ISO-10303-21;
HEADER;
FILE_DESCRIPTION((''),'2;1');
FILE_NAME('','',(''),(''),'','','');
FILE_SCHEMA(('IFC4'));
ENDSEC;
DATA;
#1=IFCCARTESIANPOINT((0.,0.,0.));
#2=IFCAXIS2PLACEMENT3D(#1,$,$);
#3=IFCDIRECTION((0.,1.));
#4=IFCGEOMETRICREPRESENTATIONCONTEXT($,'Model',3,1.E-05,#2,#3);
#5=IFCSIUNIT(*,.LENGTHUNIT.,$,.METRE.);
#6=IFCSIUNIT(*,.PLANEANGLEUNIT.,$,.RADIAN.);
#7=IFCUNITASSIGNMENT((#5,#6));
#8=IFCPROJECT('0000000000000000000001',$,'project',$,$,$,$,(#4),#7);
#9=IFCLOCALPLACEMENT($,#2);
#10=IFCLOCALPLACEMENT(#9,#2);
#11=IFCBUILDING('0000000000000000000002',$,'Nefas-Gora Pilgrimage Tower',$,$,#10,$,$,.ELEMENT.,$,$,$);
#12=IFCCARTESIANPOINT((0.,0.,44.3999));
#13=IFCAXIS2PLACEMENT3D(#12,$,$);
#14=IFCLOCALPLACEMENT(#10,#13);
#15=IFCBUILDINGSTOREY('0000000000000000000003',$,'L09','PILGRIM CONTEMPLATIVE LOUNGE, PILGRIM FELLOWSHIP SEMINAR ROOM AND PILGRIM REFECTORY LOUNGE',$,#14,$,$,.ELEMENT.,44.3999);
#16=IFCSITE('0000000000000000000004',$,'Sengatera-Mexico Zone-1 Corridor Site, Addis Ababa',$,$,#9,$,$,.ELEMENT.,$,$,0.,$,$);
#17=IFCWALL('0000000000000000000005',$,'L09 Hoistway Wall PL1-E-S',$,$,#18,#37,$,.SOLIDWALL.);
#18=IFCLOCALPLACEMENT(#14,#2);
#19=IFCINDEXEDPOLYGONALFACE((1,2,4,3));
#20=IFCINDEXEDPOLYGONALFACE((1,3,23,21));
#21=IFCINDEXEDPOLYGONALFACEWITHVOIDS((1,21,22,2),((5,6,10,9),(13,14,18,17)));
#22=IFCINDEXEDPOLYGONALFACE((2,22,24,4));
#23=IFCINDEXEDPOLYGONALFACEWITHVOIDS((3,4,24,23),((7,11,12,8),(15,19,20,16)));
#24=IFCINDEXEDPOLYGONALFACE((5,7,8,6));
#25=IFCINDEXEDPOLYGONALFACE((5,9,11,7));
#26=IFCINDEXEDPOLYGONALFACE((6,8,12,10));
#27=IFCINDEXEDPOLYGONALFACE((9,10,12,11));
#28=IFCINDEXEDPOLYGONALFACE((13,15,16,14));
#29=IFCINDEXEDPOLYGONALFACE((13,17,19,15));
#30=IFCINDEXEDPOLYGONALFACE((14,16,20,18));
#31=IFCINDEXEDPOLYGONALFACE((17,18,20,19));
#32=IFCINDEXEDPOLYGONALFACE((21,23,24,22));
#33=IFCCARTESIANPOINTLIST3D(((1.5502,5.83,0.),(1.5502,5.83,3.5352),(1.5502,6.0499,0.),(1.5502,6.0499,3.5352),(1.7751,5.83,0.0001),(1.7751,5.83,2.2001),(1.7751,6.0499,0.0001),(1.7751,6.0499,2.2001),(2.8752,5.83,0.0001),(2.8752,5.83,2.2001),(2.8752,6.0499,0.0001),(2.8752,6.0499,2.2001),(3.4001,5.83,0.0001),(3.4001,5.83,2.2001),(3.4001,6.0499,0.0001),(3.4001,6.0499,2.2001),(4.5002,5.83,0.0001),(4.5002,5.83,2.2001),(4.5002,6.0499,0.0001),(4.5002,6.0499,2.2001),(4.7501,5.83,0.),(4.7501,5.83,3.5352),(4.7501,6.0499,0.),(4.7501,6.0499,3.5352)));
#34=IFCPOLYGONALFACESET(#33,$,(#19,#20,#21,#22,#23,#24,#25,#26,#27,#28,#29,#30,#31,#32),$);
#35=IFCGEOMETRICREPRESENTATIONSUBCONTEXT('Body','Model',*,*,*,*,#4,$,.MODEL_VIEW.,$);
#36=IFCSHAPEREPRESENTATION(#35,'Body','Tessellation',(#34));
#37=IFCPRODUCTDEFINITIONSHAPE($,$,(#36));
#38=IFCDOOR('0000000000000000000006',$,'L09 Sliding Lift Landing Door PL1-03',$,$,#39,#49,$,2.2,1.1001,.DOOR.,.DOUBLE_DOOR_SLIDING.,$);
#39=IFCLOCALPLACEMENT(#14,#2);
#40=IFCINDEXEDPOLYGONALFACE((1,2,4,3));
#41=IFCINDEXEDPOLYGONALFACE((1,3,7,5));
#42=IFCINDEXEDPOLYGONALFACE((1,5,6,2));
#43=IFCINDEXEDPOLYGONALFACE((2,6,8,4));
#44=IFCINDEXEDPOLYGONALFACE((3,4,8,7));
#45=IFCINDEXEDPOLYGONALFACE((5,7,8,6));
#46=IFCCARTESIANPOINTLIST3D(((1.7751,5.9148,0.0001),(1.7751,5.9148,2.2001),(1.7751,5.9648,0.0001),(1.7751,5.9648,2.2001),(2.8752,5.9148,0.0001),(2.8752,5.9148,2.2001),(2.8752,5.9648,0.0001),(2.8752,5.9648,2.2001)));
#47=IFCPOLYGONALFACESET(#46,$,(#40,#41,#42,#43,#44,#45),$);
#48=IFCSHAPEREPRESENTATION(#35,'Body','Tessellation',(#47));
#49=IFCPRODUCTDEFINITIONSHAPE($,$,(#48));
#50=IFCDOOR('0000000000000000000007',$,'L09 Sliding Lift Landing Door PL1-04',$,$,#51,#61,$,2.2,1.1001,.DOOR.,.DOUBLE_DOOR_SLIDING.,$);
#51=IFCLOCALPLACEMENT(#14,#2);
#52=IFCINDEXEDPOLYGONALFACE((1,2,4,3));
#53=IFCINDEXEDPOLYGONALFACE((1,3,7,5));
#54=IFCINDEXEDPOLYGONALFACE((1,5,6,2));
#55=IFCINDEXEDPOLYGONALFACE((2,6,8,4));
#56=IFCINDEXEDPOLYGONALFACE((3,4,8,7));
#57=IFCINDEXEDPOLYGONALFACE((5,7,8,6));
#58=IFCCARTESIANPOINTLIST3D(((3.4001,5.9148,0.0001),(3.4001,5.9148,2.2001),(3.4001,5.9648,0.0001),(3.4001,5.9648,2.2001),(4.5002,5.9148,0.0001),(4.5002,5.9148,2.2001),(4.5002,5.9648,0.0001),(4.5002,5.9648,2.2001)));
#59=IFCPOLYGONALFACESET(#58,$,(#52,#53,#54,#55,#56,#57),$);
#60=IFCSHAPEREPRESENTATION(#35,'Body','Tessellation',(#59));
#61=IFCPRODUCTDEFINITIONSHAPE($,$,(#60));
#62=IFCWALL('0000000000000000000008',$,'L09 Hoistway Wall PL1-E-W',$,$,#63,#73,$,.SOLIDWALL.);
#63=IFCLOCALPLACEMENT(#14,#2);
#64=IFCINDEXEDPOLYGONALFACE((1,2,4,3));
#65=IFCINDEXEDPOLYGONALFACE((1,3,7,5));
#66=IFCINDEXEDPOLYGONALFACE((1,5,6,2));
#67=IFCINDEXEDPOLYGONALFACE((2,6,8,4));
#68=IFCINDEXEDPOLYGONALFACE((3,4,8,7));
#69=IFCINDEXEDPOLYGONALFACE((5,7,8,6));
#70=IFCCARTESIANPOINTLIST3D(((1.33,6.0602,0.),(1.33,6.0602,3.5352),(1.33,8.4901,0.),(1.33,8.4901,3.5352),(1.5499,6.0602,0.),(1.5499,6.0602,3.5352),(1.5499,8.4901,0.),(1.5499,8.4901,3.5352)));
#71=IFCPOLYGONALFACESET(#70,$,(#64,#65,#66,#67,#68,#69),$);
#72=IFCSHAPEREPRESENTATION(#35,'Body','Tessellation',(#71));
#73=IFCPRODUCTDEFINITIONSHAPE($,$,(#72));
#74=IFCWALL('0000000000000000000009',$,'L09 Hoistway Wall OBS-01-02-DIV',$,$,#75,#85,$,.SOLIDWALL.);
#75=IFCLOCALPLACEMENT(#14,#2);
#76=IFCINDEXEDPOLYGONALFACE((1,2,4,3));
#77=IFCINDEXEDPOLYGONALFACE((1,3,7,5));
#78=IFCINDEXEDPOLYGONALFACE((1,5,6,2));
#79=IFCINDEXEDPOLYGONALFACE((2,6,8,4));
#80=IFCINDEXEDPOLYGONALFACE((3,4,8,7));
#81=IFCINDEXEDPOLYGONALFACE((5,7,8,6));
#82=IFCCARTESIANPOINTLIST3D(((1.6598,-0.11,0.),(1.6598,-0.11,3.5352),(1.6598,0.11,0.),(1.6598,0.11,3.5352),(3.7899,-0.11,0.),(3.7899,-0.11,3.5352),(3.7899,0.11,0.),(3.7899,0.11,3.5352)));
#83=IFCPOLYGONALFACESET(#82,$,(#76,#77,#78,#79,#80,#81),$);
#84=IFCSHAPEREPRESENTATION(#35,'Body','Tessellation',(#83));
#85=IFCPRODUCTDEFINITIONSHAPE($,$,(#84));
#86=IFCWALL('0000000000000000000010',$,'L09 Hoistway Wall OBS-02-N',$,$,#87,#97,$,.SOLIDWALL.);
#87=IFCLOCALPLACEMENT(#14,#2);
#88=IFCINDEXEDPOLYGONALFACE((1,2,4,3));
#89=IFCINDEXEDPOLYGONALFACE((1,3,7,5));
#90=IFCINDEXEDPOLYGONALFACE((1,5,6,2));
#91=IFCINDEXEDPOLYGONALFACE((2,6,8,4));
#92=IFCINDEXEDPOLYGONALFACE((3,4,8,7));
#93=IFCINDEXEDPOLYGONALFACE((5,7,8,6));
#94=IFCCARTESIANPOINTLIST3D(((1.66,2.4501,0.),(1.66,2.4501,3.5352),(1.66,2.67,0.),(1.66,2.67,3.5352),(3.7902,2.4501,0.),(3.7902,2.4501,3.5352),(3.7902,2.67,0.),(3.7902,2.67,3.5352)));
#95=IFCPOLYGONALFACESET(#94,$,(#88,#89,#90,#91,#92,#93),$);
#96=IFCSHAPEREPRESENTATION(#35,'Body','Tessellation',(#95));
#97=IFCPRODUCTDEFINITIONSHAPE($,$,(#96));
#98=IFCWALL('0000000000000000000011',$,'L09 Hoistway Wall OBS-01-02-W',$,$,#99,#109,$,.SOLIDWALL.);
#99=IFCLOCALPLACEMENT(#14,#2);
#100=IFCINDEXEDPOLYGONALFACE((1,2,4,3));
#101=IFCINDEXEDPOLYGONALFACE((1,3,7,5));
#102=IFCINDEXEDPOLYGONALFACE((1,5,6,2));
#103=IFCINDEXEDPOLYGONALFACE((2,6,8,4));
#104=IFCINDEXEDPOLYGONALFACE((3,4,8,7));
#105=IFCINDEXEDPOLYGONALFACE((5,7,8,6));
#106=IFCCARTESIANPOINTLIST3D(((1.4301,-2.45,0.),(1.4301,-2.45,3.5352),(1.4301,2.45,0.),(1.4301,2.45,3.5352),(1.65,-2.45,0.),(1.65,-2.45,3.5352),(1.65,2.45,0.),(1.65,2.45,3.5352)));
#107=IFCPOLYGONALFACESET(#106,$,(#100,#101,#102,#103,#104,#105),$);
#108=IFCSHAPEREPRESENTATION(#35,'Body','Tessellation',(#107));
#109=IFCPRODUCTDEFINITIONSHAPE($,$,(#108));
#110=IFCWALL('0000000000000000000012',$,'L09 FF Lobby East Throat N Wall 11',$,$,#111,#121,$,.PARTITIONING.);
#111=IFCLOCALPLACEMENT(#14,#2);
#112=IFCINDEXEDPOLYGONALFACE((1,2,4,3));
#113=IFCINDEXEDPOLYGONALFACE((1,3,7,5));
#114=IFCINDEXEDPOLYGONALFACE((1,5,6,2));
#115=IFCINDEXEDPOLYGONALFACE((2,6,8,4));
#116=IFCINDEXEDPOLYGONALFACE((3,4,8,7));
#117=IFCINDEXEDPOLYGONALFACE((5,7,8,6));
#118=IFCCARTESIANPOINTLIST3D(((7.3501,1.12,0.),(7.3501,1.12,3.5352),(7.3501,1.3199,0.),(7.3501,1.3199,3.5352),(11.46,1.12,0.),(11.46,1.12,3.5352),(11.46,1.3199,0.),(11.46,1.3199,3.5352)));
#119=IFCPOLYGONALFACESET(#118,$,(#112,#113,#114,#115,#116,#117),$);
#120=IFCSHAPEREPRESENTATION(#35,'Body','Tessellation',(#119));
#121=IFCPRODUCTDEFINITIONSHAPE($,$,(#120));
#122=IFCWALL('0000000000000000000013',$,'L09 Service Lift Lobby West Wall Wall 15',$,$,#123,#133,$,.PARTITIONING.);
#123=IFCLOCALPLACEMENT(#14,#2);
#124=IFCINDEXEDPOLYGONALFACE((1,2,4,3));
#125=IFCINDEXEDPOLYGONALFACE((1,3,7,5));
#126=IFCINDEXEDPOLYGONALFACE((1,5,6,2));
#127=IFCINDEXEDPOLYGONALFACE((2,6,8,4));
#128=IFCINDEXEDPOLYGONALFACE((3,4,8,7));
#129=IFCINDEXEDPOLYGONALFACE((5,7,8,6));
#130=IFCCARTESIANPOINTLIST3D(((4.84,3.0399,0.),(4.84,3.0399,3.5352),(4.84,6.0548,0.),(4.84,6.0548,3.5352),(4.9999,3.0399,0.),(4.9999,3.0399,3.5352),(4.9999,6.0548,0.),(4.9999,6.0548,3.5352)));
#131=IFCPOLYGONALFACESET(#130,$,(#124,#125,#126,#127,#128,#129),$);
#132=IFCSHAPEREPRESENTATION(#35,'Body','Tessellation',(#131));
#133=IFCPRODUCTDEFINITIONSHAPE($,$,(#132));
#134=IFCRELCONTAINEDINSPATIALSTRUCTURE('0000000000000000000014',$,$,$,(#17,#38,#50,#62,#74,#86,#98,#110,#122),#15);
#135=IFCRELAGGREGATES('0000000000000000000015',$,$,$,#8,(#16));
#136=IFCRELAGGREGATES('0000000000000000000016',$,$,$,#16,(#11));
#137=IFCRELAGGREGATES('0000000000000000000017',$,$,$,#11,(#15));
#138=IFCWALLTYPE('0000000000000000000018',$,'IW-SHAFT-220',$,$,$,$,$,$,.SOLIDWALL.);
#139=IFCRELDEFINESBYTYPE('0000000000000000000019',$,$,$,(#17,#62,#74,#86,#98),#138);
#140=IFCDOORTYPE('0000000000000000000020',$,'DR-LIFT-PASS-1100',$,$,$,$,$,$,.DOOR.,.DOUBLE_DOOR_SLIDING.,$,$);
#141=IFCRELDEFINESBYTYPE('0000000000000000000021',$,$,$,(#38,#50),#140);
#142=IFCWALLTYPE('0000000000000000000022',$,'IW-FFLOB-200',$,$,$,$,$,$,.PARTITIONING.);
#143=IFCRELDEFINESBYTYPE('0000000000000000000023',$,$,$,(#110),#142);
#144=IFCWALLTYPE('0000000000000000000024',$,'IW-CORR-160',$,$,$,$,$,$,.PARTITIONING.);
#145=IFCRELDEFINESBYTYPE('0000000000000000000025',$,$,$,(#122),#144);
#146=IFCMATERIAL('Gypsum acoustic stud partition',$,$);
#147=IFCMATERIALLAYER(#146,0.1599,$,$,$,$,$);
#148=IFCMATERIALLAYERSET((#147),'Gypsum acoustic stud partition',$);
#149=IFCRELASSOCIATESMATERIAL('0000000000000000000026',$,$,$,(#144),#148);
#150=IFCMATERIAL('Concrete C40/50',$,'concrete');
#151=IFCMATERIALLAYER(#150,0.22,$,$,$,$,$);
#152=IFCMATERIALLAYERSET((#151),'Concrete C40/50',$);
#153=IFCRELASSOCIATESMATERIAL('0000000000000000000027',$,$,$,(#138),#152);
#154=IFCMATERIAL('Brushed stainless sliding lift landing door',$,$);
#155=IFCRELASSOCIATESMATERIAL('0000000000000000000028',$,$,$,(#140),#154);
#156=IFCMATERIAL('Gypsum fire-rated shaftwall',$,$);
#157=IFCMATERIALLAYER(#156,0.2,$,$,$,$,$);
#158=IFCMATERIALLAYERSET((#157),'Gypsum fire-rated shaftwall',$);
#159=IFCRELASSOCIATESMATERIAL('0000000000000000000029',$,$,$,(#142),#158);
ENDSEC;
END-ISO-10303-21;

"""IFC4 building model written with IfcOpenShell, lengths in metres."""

from ifc_helpers import new_model, si_unit, direction, frame, frame_2d, origin, place, context, subcontext, project, spatial, rectangle, extrude, source, transform, mapped, material, layer, layer_set, type_object, element, fill, save


model = new_model("IFC4")

# Units and contexts
model_context = context("Model", 3, precision=1e-05, world=origin(), true_north=direction((0.0, 1.0)))
body_context = subcontext(model_context, "Body", "Model", "MODEL_VIEW")
ifc_project = project(units=[si_unit("LENGTHUNIT", "METRE"), si_unit("PLANEANGLEUNIT", "RADIAN")], contexts=[model_context])

# Site, building, storey
site_placement = place(None, origin())
site = spatial("IfcSite", under=ifc_project, at=site_placement, Name="Sengatera-Mexico Zone-1 Corridor Site, Addis Ababa", CompositionType="ELEMENT", RefElevation=0.0)
building_placement = place(site_placement, origin())
building = spatial("IfcBuilding", under=site, at=building_placement, Name="Nefas-Gora Pilgrimage Tower", CompositionType="ELEMENT")
storey_placement = place(building_placement, frame((0.0, 0.0, 44.3999)))
storey = spatial("IfcBuildingStorey", under=building, at=storey_placement, Name="L09", Description="PILGRIM CONTEMPLATIVE LOUNGE, PILGRIM FELLOWSHIP SEMINAR ROOM AND PILGRIM REFECTORY LOUNGE", CompositionType="ELEMENT", Elevation=44.3999)

# Shared definitions
ifc_material_1 = material(Name="Gypsum acoustic stud partition")
ifc_layer_1 = layer(ifc_material_1, 0.1599)
ifc_layer_set_1 = layer_set([ifc_layer_1], Name="Gypsum acoustic stud partition")
wall_type_1 = type_object("IfcWallType", Name="IW-CORR-160", PredefinedType="PARTITIONING", material=ifc_layer_set_1)

# Wall, openings, doors
ifc_material_2 = material(Name="Concrete C40/50", Category="concrete")
ifc_layer_2 = layer(ifc_material_2, 0.22)
ifc_layer_set_2 = layer_set([ifc_layer_2], Name="Concrete C40/50")
wall_type_2 = type_object("IfcWallType", Name="IW-SHAFT-220", PredefinedType="SOLIDWALL", material=ifc_layer_set_2)
shared_shape_1 = source(origin(), body_context, "Body", "SweptSolid", [
    extrude(rectangle(XDim=3.2, YDim=0.22, at=frame_2d((1.6001, 0.0))), origin(), (0.0, 0.0, 1.0), 3.5352),
])
wall_1_placement = place(storey_placement, frame((1.55, 5.9399, 0.0), z_axis=(0.0, 0.0, 1.0), x_axis=(1.0, 0.0, 0.0)))
wall_1 = element("IfcWall", 1, at=wall_1_placement, inside=storey, type_object=wall_type_2, Name="L09 Hoistway Wall PL1-E-S", PredefinedType="SOLIDWALL", context=body_context, shape_type="MappedRepresentation", body=[
    mapped(shared_shape_1, transform((0.0, 0.0, 0.0), x_axis=(1.0, 0.0, 0.0), y_axis=(0.0, 1.0, 0.0), z_axis=(0.0, 0.0, 1.0), scale=1.0)),
])
opening_1_placement = place(wall_1_placement, frame((0.2251, 0.0, 0.0)))
opening_1 = element("IfcOpeningElement", 2, at=opening_1_placement, cuts=wall_1, PredefinedType="OPENING", context=body_context, shape_type="SweptSolid", body=[
    extrude(rectangle(XDim=1.1001, YDim=2.2, at=frame_2d((0.55, 1.1001))), frame((0.0, 0.1199, 0.0), z_axis=(0.0, -1.0, 0.0), x_axis=(1.0, 0.0, 0.0)), (0.0, 0.0, 1.0), 0.24),
])
opening_2_placement = place(wall_1_placement, frame((1.8501, 0.0, 0.0)))
opening_2 = element("IfcOpeningElement", 3, at=opening_2_placement, cuts=wall_1, PredefinedType="OPENING", context=body_context, shape_type="SweptSolid", body=[
    extrude(rectangle(XDim=1.1001, YDim=2.2, at=frame_2d((0.55, 1.1001))), frame((0.0, 0.1199, 0.0), z_axis=(0.0, -1.0, 0.0), x_axis=(1.0, 0.0, 0.0)), (0.0, 0.0, 1.0), 0.24),
])
ifc_material_3 = material(Name="Brushed stainless sliding lift landing door")
door_type_1 = type_object("IfcDoorType", Name="DR-LIFT-PASS-1100", OperationType="DOUBLE_DOOR_SLIDING", PredefinedType="DOOR", material=ifc_material_3)
shared_shape_2 = source(origin(), body_context, "Body", "SweptSolid", [
    extrude(rectangle(XDim=1.1001, YDim=2.2, at=frame_2d((0.55, 1.1001))), frame((0.0, 0.0249, 0.0), z_axis=(0.0, -1.0, 0.0), x_axis=(1.0, 0.0, 0.0)), (0.0, 0.0, 1.0), 0.05),
])
door_1_placement = place(opening_1_placement, origin())
door_1 = element("IfcDoor", 4, at=door_1_placement, inside=storey, type_object=door_type_1, Name="L09 Sliding Lift Landing Door PL1-03", OperationType="DOUBLE_DOOR_SLIDING", OverallHeight=2.2, OverallWidth=1.1001, PredefinedType="DOOR", context=body_context, shape_type="MappedRepresentation", body=[
    mapped(shared_shape_2, transform((0.0, 0.0, 0.0), x_axis=(1.0, 0.0, 0.0), y_axis=(0.0, 1.0, 0.0), z_axis=(0.0, 0.0, 1.0), scale=1.0)),
])
fill(opening_1, door_1)
door_2_placement = place(opening_2_placement, origin())
door_2 = element("IfcDoor", 5, at=door_2_placement, inside=storey, type_object=door_type_1, Name="L09 Sliding Lift Landing Door PL1-04", OperationType="DOUBLE_DOOR_SLIDING", OverallHeight=2.2, OverallWidth=1.1001, PredefinedType="DOOR", context=body_context, shape_type="MappedRepresentation", body=[
    mapped(shared_shape_2, transform((0.0, 0.0, 0.0), x_axis=(1.0, 0.0, 0.0), y_axis=(0.0, 1.0, 0.0), z_axis=(0.0, 0.0, 1.0), scale=1.0)),
])
fill(opening_2, door_2)

# Walls
shared_shape_3 = source(origin(), body_context, "Body", "SweptSolid", [
    extrude(rectangle(XDim=2.4299, YDim=0.22, at=frame_2d((1.2148, 0.0))), origin(), (0.0, 0.0, 1.0), 3.5352),
])
for number, where, z_axis, x_axis, name in (
    (6, (1.4399, 8.49, 0.0), (0.0, 0.0, 1.0), (0.0, -1.0, 0.0), "L09 Hoistway Wall PL1-E-W"),
):
    element("IfcWall", number, at=place(storey_placement, frame(where, z_axis=z_axis, x_axis=x_axis)), inside=storey, type_object=wall_type_2, Name=name, PredefinedType="SOLIDWALL", context=body_context, shape_type="MappedRepresentation", body=[
        mapped(shared_shape_3, transform((0.0, 0.0, 0.0), x_axis=(1.0, 0.0, 0.0), y_axis=(0.0, 1.0, 0.0), z_axis=(0.0, 0.0, 1.0), scale=1.0)),
    ])
shared_shape_4 = source(origin(), body_context, "Body", "SweptSolid", [
    extrude(rectangle(XDim=2.1301, YDim=0.22, at=frame_2d((1.0649, 0.0))), origin(), (0.0, 0.0, 1.0), 3.5352),
])
for number, where, z_axis, x_axis, name in (
    (7, (1.6599, 0.0, 0.0), (0.0, 0.0, 1.0), (1.0, 0.0, 0.0), "L09 Hoistway Wall OBS-01-02-DIV"),
    (8, (3.79, 2.5601, 0.0), (0.0, 0.0, 1.0), (-1.0, 0.0, 0.0), "L09 Hoistway Wall OBS-02-N"),
):
    element("IfcWall", number, at=place(storey_placement, frame(where, z_axis=z_axis, x_axis=x_axis)), inside=storey, type_object=wall_type_2, Name=name, PredefinedType="SOLIDWALL", context=body_context, shape_type="MappedRepresentation", body=[
        mapped(shared_shape_4, transform((0.0, 0.0, 0.0), x_axis=(1.0, 0.0, 0.0), y_axis=(0.0, 1.0, 0.0), z_axis=(0.0, 0.0, 1.0), scale=1.0)),
    ])
shared_shape_5 = source(origin(), body_context, "Body", "SweptSolid", [
    extrude(rectangle(XDim=4.8999, YDim=0.22, at=frame_2d((2.45, 0.0))), origin(), (0.0, 0.0, 1.0), 3.5352),
])
wall_2_placement = place(storey_placement, frame((1.54, 2.45, 0.0), z_axis=(0.0, 0.0, 1.0), x_axis=(0.0, -1.0, 0.0)))
element("IfcWall", 9, at=wall_2_placement, inside=storey, type_object=wall_type_2, Name="L09 Hoistway Wall OBS-01-02-W", PredefinedType="SOLIDWALL", context=body_context, shape_type="MappedRepresentation", body=[
    mapped(shared_shape_5, transform((0.0, 0.0, 0.0), x_axis=(1.0, 0.0, 0.0), y_axis=(0.0, 1.0, 0.0), z_axis=(0.0, 0.0, 1.0), scale=1.0)),
])

# Shared definitions
ifc_material_4 = material(Name="Gypsum fire-rated shaftwall")
ifc_layer_3 = layer(ifc_material_4, 0.2)
ifc_layer_set_3 = layer_set([ifc_layer_3], Name="Gypsum fire-rated shaftwall")
wall_type_3 = type_object("IfcWallType", Name="IW-FFLOB-200", PredefinedType="PARTITIONING", material=ifc_layer_set_3)

# Walls
shared_shape_6 = source(origin(), body_context, "Body", "SweptSolid", [
    extrude(rectangle(XDim=4.1099, YDim=0.2, at=frame_2d((2.0549, 0.0))), origin(), (0.0, 0.0, 1.0), 3.5352),
])
wall_3_placement = place(storey_placement, frame((7.3501, 1.22, 0.0), z_axis=(0.0, 0.0, 1.0), x_axis=(1.0, 0.0, 0.0)))
element("IfcWall", 10, at=wall_3_placement, inside=storey, type_object=wall_type_3, Name="L09 FF Lobby East Throat N Wall 11", PredefinedType="PARTITIONING", context=body_context, shape_type="MappedRepresentation", body=[
    mapped(shared_shape_6, transform((0.0, 0.0, 0.0), x_axis=(1.0, 0.0, 0.0), y_axis=(0.0, 1.0, 0.0), z_axis=(0.0, 0.0, 1.0), scale=1.0)),
])
shared_shape_7 = source(origin(), body_context, "Body", "SweptSolid", [
    extrude(rectangle(XDim=3.0149, YDim=0.1599, at=frame_2d((1.5073, 0.0))), origin(), (0.0, 0.0, 1.0), 3.5352),
])
wall_4_placement = place(storey_placement, frame((4.9199, 3.04, 0.0), z_axis=(0.0, 0.0, 1.0), x_axis=(0.0, 1.0, 0.0)))
element("IfcWall", 11, at=wall_4_placement, inside=storey, type_object=wall_type_1, Name="L09 Service Lift Lobby West Wall Wall 15", PredefinedType="PARTITIONING", context=body_context, shape_type="MappedRepresentation", body=[
    mapped(shared_shape_7, transform((0.0, 0.0, 0.0), x_axis=(1.0, 0.0, 0.0), y_axis=(0.0, 1.0, 0.0), z_axis=(0.0, 0.0, 1.0), scale=1.0)),
])

save(model, "model.ifc")
